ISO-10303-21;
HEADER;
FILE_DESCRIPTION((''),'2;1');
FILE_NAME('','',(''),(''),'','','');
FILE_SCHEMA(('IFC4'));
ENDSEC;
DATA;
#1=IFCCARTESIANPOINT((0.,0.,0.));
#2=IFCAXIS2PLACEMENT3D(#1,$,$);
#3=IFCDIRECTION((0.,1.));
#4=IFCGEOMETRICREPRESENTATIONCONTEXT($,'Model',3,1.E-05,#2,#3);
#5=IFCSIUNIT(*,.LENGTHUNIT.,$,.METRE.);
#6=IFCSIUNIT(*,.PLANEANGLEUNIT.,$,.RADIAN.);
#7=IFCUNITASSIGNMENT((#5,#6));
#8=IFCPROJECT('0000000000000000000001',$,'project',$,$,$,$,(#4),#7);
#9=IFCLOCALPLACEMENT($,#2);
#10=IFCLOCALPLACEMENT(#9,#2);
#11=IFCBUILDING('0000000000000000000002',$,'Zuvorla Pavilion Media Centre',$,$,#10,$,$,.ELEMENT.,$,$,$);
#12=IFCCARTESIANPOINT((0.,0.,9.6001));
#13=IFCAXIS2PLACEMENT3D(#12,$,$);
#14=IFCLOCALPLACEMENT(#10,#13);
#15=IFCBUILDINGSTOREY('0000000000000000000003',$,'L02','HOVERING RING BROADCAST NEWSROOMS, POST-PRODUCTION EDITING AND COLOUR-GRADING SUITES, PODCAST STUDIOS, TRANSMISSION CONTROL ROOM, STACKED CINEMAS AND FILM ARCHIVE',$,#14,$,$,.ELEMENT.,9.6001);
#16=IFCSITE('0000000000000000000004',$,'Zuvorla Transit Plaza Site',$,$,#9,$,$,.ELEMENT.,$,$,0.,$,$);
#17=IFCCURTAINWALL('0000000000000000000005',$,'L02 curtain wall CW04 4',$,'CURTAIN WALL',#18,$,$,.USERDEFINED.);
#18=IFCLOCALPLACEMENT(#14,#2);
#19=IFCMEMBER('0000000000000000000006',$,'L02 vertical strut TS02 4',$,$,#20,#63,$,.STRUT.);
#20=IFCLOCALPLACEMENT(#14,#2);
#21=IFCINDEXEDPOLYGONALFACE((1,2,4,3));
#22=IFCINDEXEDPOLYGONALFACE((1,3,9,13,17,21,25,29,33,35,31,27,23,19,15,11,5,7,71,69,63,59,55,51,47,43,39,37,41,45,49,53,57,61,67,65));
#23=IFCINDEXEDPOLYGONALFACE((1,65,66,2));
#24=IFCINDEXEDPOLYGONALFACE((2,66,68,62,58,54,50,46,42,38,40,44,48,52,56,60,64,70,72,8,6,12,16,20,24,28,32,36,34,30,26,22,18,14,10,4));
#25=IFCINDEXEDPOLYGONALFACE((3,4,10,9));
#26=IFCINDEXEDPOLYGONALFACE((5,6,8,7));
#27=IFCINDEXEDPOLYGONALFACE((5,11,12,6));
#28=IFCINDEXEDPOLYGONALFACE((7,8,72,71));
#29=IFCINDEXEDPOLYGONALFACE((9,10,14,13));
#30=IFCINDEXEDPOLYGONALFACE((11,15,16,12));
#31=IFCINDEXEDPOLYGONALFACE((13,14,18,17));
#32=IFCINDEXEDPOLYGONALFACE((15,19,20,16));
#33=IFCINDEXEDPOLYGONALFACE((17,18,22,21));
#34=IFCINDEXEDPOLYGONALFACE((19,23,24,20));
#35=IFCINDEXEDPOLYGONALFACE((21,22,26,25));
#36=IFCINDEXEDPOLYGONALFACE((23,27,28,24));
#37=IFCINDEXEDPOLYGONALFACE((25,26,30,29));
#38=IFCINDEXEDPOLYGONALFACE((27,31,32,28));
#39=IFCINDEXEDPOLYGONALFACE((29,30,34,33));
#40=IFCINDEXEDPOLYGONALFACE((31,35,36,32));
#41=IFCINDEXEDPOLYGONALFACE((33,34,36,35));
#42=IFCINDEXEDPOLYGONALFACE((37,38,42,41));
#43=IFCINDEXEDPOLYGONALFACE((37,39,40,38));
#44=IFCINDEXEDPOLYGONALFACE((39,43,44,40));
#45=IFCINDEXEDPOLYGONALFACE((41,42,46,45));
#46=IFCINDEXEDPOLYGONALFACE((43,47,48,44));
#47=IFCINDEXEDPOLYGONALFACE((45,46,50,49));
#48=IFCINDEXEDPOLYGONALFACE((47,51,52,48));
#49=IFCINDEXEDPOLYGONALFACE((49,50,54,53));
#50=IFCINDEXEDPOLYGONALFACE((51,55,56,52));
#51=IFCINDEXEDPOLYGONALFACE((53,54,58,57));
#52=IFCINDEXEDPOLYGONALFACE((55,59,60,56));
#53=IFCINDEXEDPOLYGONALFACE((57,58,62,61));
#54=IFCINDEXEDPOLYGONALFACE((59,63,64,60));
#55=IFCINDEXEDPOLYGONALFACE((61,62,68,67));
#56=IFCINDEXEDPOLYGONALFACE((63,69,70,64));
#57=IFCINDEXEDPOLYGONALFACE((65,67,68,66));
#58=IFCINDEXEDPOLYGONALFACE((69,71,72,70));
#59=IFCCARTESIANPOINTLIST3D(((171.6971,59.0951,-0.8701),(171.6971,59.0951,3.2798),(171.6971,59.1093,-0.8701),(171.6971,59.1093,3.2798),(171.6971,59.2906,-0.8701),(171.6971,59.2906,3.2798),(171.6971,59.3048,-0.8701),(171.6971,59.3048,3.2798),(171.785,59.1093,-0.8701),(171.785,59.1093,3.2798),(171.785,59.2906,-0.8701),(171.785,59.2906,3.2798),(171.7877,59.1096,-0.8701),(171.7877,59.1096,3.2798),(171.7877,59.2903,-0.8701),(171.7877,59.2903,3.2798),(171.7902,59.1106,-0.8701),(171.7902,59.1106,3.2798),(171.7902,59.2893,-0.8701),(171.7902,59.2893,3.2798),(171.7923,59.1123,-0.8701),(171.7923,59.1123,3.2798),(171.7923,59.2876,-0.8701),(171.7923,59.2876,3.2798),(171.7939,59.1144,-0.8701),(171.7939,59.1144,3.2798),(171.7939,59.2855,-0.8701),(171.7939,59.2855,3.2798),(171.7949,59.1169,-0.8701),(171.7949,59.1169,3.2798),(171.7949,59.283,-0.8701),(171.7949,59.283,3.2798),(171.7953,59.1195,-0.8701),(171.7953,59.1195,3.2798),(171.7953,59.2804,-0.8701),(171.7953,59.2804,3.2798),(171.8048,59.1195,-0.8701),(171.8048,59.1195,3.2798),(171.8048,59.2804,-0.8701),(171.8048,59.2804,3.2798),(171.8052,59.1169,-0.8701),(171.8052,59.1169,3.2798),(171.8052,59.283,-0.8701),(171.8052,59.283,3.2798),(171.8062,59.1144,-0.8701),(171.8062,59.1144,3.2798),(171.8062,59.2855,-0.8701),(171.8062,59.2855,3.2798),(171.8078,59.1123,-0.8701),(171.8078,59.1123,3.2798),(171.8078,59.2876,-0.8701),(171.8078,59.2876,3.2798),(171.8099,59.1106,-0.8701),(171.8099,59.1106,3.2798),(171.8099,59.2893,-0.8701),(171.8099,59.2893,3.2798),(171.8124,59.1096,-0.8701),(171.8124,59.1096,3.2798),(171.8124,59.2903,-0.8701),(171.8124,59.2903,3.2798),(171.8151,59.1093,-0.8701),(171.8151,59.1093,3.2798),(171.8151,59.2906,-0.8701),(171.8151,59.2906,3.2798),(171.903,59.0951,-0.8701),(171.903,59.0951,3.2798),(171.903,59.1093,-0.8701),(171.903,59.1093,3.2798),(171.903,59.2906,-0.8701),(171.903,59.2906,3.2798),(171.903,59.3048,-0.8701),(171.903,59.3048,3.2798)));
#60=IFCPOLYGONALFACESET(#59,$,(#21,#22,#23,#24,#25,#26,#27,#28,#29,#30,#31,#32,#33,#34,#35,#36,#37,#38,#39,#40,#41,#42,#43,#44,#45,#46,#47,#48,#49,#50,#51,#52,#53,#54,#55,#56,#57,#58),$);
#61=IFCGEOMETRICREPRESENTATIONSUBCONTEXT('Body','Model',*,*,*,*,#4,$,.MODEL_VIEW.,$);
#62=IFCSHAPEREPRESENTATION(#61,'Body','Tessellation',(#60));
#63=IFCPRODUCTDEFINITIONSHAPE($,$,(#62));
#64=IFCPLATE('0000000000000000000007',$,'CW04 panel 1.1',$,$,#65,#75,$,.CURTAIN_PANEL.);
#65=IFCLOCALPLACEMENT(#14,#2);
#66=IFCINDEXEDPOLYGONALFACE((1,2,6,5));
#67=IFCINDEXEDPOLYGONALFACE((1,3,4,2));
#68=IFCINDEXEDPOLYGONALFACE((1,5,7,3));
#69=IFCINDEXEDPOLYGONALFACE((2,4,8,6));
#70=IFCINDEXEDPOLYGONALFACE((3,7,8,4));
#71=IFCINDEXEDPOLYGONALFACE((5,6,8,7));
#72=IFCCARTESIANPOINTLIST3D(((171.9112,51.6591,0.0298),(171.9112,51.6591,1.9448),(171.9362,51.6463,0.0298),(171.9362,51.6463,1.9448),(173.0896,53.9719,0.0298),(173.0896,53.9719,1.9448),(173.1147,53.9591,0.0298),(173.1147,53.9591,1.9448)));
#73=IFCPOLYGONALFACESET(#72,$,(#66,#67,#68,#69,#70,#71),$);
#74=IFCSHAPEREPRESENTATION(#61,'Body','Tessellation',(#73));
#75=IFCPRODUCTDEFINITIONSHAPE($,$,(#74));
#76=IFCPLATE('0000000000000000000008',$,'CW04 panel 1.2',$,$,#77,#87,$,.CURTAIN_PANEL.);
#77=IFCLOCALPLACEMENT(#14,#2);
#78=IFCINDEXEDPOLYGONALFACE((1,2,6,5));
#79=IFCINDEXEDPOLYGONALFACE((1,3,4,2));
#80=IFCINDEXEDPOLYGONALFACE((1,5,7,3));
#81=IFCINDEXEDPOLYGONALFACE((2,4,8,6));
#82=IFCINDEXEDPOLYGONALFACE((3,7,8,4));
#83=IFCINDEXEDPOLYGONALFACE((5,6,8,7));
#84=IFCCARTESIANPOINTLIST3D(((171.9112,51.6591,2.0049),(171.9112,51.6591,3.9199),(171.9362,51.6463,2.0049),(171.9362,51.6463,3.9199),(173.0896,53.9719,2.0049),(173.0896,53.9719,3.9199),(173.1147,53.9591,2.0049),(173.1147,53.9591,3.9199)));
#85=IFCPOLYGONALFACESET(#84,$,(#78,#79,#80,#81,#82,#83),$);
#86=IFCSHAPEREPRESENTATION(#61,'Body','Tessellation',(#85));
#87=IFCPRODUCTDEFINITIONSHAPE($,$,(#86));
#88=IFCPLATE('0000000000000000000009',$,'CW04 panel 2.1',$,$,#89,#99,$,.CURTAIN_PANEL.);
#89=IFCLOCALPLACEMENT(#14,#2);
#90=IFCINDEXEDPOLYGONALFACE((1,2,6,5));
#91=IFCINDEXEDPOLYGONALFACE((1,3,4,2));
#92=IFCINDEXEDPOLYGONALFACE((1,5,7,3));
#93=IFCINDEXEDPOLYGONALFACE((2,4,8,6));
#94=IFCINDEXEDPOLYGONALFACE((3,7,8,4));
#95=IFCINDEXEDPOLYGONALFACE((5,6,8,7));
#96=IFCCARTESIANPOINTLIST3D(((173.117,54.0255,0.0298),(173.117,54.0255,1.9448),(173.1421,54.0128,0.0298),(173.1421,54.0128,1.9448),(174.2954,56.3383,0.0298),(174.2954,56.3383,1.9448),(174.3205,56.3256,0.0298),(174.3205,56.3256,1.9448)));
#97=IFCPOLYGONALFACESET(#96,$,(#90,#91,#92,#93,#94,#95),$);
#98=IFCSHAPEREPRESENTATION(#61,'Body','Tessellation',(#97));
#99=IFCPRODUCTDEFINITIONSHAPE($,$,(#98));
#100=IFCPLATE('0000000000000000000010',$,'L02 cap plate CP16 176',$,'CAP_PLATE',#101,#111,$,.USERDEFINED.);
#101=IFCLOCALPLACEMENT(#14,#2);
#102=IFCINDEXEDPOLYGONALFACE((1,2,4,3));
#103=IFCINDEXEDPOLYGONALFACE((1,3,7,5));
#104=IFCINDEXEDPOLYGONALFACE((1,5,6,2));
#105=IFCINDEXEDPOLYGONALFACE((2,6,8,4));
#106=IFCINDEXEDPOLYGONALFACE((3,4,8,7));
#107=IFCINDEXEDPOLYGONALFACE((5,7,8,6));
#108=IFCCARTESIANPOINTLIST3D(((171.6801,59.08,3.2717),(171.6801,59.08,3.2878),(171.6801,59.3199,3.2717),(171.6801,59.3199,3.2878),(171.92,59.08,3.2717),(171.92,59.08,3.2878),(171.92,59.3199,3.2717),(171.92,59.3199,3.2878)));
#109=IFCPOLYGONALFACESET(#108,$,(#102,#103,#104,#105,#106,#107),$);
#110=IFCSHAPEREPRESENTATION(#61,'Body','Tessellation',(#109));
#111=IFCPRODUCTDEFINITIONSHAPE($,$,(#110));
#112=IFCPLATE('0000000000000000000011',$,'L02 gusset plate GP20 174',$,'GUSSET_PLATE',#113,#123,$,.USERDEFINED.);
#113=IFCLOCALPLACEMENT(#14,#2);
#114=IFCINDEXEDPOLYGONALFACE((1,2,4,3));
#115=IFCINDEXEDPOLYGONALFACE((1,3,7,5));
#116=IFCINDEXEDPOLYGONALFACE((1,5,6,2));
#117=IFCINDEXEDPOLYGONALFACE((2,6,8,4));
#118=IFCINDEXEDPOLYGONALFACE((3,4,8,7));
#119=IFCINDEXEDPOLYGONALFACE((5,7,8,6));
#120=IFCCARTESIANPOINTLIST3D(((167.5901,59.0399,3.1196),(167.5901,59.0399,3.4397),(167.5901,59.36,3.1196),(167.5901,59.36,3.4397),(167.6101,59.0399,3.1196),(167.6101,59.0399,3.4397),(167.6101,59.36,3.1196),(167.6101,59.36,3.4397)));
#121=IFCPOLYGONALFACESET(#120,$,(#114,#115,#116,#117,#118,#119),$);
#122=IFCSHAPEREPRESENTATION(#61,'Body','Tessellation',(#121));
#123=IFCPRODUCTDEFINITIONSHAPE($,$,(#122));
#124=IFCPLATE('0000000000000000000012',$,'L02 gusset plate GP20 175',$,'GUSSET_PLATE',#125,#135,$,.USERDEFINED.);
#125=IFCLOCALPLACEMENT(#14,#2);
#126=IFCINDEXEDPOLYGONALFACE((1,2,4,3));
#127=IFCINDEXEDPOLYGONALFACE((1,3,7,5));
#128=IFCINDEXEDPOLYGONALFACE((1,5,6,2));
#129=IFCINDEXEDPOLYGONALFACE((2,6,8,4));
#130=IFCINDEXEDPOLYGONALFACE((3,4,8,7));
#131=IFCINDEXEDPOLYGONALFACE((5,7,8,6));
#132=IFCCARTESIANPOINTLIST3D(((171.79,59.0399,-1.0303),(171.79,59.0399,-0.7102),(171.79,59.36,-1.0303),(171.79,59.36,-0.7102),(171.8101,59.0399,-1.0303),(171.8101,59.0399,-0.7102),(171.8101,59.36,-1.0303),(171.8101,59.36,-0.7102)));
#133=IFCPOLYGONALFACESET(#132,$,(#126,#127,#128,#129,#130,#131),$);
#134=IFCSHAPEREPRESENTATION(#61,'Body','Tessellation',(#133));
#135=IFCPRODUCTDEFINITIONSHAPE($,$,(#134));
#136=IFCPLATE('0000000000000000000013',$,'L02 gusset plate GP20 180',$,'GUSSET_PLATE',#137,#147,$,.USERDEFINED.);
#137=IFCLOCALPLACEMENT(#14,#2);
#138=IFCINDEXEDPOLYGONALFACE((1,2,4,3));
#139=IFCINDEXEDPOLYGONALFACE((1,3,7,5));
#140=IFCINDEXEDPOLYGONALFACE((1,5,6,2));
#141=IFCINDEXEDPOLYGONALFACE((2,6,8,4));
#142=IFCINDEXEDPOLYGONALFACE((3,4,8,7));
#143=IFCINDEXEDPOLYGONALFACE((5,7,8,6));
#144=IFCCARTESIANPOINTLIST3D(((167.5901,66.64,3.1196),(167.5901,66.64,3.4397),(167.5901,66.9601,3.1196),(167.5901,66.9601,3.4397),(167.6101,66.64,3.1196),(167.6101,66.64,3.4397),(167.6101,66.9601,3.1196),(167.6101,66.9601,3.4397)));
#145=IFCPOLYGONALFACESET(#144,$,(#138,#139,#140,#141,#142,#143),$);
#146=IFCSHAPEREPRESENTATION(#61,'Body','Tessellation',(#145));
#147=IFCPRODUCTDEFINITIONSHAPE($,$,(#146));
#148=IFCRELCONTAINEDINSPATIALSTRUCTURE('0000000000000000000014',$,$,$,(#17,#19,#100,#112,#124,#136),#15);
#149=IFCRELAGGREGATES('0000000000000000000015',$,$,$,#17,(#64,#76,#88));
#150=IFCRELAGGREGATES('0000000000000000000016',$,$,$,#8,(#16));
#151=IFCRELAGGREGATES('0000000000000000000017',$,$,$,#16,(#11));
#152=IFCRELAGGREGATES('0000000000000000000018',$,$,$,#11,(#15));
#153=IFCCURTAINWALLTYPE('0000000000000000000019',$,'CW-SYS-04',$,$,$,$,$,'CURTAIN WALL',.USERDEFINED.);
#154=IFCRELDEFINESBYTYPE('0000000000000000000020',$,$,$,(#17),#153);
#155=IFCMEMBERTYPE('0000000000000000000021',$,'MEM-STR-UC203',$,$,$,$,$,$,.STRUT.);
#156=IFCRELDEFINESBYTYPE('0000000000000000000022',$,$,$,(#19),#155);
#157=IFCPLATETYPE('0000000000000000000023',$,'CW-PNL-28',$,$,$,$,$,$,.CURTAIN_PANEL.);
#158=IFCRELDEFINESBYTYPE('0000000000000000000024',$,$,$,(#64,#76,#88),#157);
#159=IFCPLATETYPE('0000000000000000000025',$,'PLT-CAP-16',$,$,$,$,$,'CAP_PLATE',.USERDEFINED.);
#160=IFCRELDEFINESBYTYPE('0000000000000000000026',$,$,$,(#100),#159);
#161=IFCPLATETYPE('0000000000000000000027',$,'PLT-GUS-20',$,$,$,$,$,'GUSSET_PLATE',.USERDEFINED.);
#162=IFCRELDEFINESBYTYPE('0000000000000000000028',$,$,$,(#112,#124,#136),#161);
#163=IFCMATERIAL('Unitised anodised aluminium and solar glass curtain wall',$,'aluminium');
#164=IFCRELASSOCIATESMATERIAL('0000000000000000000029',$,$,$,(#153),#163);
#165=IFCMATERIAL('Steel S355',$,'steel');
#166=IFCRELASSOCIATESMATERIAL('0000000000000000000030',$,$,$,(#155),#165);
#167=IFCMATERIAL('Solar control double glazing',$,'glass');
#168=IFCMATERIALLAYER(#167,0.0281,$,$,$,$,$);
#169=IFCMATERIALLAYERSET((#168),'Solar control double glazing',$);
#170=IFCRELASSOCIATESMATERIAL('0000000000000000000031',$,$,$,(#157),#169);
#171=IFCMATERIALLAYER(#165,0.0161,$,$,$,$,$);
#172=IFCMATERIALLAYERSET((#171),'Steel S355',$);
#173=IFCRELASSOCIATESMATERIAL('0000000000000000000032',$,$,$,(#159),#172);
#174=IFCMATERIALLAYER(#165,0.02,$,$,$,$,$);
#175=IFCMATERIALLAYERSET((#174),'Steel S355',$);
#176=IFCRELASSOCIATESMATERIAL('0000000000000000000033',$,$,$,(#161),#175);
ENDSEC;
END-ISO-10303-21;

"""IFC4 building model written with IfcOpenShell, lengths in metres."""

from ifc_helpers import new_model, si_unit, direction, frame, origin, origin_2d, place, context, subcontext, project, spatial, rectangle, i_section, extrude, material, layer, layer_set, material_profile, profile_set, type_object, element, aggregate, save


model = new_model("IFC4")

# Units and contexts
model_context = context("Model", 3, precision=1e-05, world=origin(), true_north=direction((0.0, 1.0)))
body_context = subcontext(model_context, "Body", "Model", "MODEL_VIEW")
ifc_project = project(units=[si_unit("LENGTHUNIT", "METRE"), si_unit("PLANEANGLEUNIT", "RADIAN")], contexts=[model_context])

# Site, building, storey
site_placement = place(None, origin())
site = spatial("IfcSite", under=ifc_project, at=site_placement, Name="Zuvorla Transit Plaza Site", CompositionType="ELEMENT", RefElevation=0.0)
building_placement = place(site_placement, origin())
building = spatial("IfcBuilding", under=site, at=building_placement, Name="Zuvorla Pavilion Media Centre", CompositionType="ELEMENT")
storey_placement = place(building_placement, frame((0.0, 0.0, 9.6001)))
storey = spatial("IfcBuildingStorey", under=building, at=storey_placement, Name="L02", Description="HOVERING RING BROADCAST NEWSROOMS, POST-PRODUCTION EDITING AND COLOUR-GRADING SUITES, PODCAST STUDIOS, TRANSMISSION CONTROL ROOM, STACKED CINEMAS AND FILM ARCHIVE", CompositionType="ELEMENT", Elevation=9.6001)

# Shared definitions
ifc_material_1 = material(Name="Steel S355", Category="steel")

# Curtain wall
ifc_material_2 = material(Name="Unitised anodised aluminium and solar glass curtain wall", Category="aluminium")
curtain_wall_type = type_object("IfcCurtainWallType", Name="CW-SYS-04", ElementType="CURTAIN WALL", PredefinedType="USERDEFINED", material=ifc_material_2)
curtain_wall_placement = place(storey_placement, origin())
curtain_wall = element("IfcCurtainWall", 1, at=curtain_wall_placement, inside=storey, type_object=curtain_wall_type, Name="L02 curtain wall CW04 4", ObjectType="CURTAIN WALL", PredefinedType="USERDEFINED")

# Member
ifc_material_profile_1 = material_profile(ifc_material_1, i_section(OverallWidth=0.2058, OverallDepth=0.2097, WebThickness=0.0095, FlangeThickness=0.0142, FilletRadius=0.0103, at=origin_2d()), Name="UC 203x203x60")
ifc_profile_set_1 = profile_set([ifc_material_profile_1], Name="Steel S355")
member_type_1 = type_object("IfcMemberType", Name="MEM-STR-UC203", PredefinedType="STRUT", material=ifc_profile_set_1)
member_1_placement = place(storey_placement, frame((171.8, 59.2, -0.8701), z_axis=(0.0, 0.0, 1.0), x_axis=(1.0, 0.0, 0.0)))
element("IfcMember", 2, at=member_1_placement, inside=storey, type_object=member_type_1, Name="L02 vertical strut TS02 4", PredefinedType="STRUT", context=body_context, shape_type="SweptSolid", body=[
    extrude(i_section(OverallWidth=0.2058, OverallDepth=0.2097, WebThickness=0.0095, FlangeThickness=0.0142, FilletRadius=0.0103, at=origin_2d()), origin(), (0.0, 0.0, 1.0), 4.1499),
])

# Plates
ifc_material_3 = material(Name="Solar control double glazing", Category="glass")
ifc_layer_1 = layer(ifc_material_3, 0.0281)
ifc_layer_set_1 = layer_set([ifc_layer_1], Name="Solar control double glazing")
plate_type_1 = type_object("IfcPlateType", Name="CW-PNL-28", PredefinedType="CURTAIN_PANEL", material=ifc_layer_set_1)
plate_1_placement = place(storey_placement, frame((172.5129, 52.8091, 0.0298), z_axis=(0.0, 0.0, 1.0), x_axis=(0.453986, 0.891009, 0.0)))
plate_1 = element("IfcPlate", 3, at=plate_1_placement, type_object=plate_type_1, Name="CW04 panel 1.1", PredefinedType="CURTAIN_PANEL", context=body_context, shape_type="SweptSolid", body=[
    extrude(rectangle(XDim=2.5957, YDim=0.0281, at=origin_2d()), origin(), (0.0, 0.0, 1.0), 1.915),
])
plate_2_placement = place(storey_placement, frame((172.5129, 52.8091, 2.0049), z_axis=(0.0, 0.0, 1.0), x_axis=(0.453986, 0.891009, 0.0)))
plate_2 = element("IfcPlate", 4, at=plate_2_placement, type_object=plate_type_1, Name="CW04 panel 1.2", PredefinedType="CURTAIN_PANEL", context=body_context, shape_type="SweptSolid", body=[
    extrude(rectangle(XDim=2.5957, YDim=0.0281, at=origin_2d()), origin(), (0.0, 0.0, 1.0), 1.915),
])
plate_3_placement = place(storey_placement, frame((173.7188, 55.1755, 0.0298), z_axis=(0.0, 0.0, 1.0), x_axis=(0.453986, 0.891009, 0.0)))
plate_3 = element("IfcPlate", 5, at=plate_3_placement, type_object=plate_type_1, Name="CW04 panel 2.1", PredefinedType="CURTAIN_PANEL", context=body_context, shape_type="SweptSolid", body=[
    extrude(rectangle(XDim=2.5957, YDim=0.0281, at=origin_2d()), origin(), (0.0, 0.0, 1.0), 1.915),
])
aggregate(curtain_wall, [plate_1, plate_2, plate_3])

# Plates
ifc_layer_2 = layer(ifc_material_1, 0.0161)
ifc_layer_set_2 = layer_set([ifc_layer_2], Name="Steel S355")
plate_type_2 = type_object("IfcPlateType", Name="PLT-CAP-16", ElementType="CAP_PLATE", PredefinedType="USERDEFINED", material=ifc_layer_set_2)
plate_4_placement = place(storey_placement, frame((171.8, 59.2, 3.2717), z_axis=(0.0, 0.0, 1.0), x_axis=(1.0, 0.0, 0.0)))
element("IfcPlate", 6, at=plate_4_placement, inside=storey, type_object=plate_type_2, Name="L02 cap plate CP16 176", ObjectType="CAP_PLATE", PredefinedType="USERDEFINED", context=body_context, shape_type="SweptSolid", body=[
    extrude(rectangle(XDim=0.24, YDim=0.24, at=origin_2d()), origin(), (0.0, 0.0, 1.0), 0.0161),
])
ifc_layer_3 = layer(ifc_material_1, 0.02)
ifc_layer_set_3 = layer_set([ifc_layer_3], Name="Steel S355")
plate_type_3 = type_object("IfcPlateType", Name="PLT-GUS-20", ElementType="GUSSET_PLATE", PredefinedType="USERDEFINED", material=ifc_layer_set_3)
for number, where, z_axis, x_axis, name in (
    (7, (167.6001, 59.2, 3.1196), (0.0, 0.0, 1.0), (1.0, 0.0, 0.0), "L02 gusset plate GP20 174"),
    (8, (171.8, 59.2, -1.0303), (0.0, 0.0, 1.0), (1.0, 0.0, 0.0), "L02 gusset plate GP20 175"),
    (9, (167.6001, 66.8, 3.1196), (0.0, 0.0, 1.0), (1.0, 0.0, 0.0), "L02 gusset plate GP20 180"),
):
    element("IfcPlate", number, at=place(storey_placement, frame(where, z_axis=z_axis, x_axis=x_axis)), inside=storey, type_object=plate_type_3, Name=name, ObjectType="GUSSET_PLATE", PredefinedType="USERDEFINED", context=body_context, shape_type="SweptSolid", body=[
        extrude(rectangle(XDim=0.02, YDim=0.3201, at=origin_2d()), origin(), (0.0, 0.0, 1.0), 0.3201),
    ])

save(model, "model.ifc")
